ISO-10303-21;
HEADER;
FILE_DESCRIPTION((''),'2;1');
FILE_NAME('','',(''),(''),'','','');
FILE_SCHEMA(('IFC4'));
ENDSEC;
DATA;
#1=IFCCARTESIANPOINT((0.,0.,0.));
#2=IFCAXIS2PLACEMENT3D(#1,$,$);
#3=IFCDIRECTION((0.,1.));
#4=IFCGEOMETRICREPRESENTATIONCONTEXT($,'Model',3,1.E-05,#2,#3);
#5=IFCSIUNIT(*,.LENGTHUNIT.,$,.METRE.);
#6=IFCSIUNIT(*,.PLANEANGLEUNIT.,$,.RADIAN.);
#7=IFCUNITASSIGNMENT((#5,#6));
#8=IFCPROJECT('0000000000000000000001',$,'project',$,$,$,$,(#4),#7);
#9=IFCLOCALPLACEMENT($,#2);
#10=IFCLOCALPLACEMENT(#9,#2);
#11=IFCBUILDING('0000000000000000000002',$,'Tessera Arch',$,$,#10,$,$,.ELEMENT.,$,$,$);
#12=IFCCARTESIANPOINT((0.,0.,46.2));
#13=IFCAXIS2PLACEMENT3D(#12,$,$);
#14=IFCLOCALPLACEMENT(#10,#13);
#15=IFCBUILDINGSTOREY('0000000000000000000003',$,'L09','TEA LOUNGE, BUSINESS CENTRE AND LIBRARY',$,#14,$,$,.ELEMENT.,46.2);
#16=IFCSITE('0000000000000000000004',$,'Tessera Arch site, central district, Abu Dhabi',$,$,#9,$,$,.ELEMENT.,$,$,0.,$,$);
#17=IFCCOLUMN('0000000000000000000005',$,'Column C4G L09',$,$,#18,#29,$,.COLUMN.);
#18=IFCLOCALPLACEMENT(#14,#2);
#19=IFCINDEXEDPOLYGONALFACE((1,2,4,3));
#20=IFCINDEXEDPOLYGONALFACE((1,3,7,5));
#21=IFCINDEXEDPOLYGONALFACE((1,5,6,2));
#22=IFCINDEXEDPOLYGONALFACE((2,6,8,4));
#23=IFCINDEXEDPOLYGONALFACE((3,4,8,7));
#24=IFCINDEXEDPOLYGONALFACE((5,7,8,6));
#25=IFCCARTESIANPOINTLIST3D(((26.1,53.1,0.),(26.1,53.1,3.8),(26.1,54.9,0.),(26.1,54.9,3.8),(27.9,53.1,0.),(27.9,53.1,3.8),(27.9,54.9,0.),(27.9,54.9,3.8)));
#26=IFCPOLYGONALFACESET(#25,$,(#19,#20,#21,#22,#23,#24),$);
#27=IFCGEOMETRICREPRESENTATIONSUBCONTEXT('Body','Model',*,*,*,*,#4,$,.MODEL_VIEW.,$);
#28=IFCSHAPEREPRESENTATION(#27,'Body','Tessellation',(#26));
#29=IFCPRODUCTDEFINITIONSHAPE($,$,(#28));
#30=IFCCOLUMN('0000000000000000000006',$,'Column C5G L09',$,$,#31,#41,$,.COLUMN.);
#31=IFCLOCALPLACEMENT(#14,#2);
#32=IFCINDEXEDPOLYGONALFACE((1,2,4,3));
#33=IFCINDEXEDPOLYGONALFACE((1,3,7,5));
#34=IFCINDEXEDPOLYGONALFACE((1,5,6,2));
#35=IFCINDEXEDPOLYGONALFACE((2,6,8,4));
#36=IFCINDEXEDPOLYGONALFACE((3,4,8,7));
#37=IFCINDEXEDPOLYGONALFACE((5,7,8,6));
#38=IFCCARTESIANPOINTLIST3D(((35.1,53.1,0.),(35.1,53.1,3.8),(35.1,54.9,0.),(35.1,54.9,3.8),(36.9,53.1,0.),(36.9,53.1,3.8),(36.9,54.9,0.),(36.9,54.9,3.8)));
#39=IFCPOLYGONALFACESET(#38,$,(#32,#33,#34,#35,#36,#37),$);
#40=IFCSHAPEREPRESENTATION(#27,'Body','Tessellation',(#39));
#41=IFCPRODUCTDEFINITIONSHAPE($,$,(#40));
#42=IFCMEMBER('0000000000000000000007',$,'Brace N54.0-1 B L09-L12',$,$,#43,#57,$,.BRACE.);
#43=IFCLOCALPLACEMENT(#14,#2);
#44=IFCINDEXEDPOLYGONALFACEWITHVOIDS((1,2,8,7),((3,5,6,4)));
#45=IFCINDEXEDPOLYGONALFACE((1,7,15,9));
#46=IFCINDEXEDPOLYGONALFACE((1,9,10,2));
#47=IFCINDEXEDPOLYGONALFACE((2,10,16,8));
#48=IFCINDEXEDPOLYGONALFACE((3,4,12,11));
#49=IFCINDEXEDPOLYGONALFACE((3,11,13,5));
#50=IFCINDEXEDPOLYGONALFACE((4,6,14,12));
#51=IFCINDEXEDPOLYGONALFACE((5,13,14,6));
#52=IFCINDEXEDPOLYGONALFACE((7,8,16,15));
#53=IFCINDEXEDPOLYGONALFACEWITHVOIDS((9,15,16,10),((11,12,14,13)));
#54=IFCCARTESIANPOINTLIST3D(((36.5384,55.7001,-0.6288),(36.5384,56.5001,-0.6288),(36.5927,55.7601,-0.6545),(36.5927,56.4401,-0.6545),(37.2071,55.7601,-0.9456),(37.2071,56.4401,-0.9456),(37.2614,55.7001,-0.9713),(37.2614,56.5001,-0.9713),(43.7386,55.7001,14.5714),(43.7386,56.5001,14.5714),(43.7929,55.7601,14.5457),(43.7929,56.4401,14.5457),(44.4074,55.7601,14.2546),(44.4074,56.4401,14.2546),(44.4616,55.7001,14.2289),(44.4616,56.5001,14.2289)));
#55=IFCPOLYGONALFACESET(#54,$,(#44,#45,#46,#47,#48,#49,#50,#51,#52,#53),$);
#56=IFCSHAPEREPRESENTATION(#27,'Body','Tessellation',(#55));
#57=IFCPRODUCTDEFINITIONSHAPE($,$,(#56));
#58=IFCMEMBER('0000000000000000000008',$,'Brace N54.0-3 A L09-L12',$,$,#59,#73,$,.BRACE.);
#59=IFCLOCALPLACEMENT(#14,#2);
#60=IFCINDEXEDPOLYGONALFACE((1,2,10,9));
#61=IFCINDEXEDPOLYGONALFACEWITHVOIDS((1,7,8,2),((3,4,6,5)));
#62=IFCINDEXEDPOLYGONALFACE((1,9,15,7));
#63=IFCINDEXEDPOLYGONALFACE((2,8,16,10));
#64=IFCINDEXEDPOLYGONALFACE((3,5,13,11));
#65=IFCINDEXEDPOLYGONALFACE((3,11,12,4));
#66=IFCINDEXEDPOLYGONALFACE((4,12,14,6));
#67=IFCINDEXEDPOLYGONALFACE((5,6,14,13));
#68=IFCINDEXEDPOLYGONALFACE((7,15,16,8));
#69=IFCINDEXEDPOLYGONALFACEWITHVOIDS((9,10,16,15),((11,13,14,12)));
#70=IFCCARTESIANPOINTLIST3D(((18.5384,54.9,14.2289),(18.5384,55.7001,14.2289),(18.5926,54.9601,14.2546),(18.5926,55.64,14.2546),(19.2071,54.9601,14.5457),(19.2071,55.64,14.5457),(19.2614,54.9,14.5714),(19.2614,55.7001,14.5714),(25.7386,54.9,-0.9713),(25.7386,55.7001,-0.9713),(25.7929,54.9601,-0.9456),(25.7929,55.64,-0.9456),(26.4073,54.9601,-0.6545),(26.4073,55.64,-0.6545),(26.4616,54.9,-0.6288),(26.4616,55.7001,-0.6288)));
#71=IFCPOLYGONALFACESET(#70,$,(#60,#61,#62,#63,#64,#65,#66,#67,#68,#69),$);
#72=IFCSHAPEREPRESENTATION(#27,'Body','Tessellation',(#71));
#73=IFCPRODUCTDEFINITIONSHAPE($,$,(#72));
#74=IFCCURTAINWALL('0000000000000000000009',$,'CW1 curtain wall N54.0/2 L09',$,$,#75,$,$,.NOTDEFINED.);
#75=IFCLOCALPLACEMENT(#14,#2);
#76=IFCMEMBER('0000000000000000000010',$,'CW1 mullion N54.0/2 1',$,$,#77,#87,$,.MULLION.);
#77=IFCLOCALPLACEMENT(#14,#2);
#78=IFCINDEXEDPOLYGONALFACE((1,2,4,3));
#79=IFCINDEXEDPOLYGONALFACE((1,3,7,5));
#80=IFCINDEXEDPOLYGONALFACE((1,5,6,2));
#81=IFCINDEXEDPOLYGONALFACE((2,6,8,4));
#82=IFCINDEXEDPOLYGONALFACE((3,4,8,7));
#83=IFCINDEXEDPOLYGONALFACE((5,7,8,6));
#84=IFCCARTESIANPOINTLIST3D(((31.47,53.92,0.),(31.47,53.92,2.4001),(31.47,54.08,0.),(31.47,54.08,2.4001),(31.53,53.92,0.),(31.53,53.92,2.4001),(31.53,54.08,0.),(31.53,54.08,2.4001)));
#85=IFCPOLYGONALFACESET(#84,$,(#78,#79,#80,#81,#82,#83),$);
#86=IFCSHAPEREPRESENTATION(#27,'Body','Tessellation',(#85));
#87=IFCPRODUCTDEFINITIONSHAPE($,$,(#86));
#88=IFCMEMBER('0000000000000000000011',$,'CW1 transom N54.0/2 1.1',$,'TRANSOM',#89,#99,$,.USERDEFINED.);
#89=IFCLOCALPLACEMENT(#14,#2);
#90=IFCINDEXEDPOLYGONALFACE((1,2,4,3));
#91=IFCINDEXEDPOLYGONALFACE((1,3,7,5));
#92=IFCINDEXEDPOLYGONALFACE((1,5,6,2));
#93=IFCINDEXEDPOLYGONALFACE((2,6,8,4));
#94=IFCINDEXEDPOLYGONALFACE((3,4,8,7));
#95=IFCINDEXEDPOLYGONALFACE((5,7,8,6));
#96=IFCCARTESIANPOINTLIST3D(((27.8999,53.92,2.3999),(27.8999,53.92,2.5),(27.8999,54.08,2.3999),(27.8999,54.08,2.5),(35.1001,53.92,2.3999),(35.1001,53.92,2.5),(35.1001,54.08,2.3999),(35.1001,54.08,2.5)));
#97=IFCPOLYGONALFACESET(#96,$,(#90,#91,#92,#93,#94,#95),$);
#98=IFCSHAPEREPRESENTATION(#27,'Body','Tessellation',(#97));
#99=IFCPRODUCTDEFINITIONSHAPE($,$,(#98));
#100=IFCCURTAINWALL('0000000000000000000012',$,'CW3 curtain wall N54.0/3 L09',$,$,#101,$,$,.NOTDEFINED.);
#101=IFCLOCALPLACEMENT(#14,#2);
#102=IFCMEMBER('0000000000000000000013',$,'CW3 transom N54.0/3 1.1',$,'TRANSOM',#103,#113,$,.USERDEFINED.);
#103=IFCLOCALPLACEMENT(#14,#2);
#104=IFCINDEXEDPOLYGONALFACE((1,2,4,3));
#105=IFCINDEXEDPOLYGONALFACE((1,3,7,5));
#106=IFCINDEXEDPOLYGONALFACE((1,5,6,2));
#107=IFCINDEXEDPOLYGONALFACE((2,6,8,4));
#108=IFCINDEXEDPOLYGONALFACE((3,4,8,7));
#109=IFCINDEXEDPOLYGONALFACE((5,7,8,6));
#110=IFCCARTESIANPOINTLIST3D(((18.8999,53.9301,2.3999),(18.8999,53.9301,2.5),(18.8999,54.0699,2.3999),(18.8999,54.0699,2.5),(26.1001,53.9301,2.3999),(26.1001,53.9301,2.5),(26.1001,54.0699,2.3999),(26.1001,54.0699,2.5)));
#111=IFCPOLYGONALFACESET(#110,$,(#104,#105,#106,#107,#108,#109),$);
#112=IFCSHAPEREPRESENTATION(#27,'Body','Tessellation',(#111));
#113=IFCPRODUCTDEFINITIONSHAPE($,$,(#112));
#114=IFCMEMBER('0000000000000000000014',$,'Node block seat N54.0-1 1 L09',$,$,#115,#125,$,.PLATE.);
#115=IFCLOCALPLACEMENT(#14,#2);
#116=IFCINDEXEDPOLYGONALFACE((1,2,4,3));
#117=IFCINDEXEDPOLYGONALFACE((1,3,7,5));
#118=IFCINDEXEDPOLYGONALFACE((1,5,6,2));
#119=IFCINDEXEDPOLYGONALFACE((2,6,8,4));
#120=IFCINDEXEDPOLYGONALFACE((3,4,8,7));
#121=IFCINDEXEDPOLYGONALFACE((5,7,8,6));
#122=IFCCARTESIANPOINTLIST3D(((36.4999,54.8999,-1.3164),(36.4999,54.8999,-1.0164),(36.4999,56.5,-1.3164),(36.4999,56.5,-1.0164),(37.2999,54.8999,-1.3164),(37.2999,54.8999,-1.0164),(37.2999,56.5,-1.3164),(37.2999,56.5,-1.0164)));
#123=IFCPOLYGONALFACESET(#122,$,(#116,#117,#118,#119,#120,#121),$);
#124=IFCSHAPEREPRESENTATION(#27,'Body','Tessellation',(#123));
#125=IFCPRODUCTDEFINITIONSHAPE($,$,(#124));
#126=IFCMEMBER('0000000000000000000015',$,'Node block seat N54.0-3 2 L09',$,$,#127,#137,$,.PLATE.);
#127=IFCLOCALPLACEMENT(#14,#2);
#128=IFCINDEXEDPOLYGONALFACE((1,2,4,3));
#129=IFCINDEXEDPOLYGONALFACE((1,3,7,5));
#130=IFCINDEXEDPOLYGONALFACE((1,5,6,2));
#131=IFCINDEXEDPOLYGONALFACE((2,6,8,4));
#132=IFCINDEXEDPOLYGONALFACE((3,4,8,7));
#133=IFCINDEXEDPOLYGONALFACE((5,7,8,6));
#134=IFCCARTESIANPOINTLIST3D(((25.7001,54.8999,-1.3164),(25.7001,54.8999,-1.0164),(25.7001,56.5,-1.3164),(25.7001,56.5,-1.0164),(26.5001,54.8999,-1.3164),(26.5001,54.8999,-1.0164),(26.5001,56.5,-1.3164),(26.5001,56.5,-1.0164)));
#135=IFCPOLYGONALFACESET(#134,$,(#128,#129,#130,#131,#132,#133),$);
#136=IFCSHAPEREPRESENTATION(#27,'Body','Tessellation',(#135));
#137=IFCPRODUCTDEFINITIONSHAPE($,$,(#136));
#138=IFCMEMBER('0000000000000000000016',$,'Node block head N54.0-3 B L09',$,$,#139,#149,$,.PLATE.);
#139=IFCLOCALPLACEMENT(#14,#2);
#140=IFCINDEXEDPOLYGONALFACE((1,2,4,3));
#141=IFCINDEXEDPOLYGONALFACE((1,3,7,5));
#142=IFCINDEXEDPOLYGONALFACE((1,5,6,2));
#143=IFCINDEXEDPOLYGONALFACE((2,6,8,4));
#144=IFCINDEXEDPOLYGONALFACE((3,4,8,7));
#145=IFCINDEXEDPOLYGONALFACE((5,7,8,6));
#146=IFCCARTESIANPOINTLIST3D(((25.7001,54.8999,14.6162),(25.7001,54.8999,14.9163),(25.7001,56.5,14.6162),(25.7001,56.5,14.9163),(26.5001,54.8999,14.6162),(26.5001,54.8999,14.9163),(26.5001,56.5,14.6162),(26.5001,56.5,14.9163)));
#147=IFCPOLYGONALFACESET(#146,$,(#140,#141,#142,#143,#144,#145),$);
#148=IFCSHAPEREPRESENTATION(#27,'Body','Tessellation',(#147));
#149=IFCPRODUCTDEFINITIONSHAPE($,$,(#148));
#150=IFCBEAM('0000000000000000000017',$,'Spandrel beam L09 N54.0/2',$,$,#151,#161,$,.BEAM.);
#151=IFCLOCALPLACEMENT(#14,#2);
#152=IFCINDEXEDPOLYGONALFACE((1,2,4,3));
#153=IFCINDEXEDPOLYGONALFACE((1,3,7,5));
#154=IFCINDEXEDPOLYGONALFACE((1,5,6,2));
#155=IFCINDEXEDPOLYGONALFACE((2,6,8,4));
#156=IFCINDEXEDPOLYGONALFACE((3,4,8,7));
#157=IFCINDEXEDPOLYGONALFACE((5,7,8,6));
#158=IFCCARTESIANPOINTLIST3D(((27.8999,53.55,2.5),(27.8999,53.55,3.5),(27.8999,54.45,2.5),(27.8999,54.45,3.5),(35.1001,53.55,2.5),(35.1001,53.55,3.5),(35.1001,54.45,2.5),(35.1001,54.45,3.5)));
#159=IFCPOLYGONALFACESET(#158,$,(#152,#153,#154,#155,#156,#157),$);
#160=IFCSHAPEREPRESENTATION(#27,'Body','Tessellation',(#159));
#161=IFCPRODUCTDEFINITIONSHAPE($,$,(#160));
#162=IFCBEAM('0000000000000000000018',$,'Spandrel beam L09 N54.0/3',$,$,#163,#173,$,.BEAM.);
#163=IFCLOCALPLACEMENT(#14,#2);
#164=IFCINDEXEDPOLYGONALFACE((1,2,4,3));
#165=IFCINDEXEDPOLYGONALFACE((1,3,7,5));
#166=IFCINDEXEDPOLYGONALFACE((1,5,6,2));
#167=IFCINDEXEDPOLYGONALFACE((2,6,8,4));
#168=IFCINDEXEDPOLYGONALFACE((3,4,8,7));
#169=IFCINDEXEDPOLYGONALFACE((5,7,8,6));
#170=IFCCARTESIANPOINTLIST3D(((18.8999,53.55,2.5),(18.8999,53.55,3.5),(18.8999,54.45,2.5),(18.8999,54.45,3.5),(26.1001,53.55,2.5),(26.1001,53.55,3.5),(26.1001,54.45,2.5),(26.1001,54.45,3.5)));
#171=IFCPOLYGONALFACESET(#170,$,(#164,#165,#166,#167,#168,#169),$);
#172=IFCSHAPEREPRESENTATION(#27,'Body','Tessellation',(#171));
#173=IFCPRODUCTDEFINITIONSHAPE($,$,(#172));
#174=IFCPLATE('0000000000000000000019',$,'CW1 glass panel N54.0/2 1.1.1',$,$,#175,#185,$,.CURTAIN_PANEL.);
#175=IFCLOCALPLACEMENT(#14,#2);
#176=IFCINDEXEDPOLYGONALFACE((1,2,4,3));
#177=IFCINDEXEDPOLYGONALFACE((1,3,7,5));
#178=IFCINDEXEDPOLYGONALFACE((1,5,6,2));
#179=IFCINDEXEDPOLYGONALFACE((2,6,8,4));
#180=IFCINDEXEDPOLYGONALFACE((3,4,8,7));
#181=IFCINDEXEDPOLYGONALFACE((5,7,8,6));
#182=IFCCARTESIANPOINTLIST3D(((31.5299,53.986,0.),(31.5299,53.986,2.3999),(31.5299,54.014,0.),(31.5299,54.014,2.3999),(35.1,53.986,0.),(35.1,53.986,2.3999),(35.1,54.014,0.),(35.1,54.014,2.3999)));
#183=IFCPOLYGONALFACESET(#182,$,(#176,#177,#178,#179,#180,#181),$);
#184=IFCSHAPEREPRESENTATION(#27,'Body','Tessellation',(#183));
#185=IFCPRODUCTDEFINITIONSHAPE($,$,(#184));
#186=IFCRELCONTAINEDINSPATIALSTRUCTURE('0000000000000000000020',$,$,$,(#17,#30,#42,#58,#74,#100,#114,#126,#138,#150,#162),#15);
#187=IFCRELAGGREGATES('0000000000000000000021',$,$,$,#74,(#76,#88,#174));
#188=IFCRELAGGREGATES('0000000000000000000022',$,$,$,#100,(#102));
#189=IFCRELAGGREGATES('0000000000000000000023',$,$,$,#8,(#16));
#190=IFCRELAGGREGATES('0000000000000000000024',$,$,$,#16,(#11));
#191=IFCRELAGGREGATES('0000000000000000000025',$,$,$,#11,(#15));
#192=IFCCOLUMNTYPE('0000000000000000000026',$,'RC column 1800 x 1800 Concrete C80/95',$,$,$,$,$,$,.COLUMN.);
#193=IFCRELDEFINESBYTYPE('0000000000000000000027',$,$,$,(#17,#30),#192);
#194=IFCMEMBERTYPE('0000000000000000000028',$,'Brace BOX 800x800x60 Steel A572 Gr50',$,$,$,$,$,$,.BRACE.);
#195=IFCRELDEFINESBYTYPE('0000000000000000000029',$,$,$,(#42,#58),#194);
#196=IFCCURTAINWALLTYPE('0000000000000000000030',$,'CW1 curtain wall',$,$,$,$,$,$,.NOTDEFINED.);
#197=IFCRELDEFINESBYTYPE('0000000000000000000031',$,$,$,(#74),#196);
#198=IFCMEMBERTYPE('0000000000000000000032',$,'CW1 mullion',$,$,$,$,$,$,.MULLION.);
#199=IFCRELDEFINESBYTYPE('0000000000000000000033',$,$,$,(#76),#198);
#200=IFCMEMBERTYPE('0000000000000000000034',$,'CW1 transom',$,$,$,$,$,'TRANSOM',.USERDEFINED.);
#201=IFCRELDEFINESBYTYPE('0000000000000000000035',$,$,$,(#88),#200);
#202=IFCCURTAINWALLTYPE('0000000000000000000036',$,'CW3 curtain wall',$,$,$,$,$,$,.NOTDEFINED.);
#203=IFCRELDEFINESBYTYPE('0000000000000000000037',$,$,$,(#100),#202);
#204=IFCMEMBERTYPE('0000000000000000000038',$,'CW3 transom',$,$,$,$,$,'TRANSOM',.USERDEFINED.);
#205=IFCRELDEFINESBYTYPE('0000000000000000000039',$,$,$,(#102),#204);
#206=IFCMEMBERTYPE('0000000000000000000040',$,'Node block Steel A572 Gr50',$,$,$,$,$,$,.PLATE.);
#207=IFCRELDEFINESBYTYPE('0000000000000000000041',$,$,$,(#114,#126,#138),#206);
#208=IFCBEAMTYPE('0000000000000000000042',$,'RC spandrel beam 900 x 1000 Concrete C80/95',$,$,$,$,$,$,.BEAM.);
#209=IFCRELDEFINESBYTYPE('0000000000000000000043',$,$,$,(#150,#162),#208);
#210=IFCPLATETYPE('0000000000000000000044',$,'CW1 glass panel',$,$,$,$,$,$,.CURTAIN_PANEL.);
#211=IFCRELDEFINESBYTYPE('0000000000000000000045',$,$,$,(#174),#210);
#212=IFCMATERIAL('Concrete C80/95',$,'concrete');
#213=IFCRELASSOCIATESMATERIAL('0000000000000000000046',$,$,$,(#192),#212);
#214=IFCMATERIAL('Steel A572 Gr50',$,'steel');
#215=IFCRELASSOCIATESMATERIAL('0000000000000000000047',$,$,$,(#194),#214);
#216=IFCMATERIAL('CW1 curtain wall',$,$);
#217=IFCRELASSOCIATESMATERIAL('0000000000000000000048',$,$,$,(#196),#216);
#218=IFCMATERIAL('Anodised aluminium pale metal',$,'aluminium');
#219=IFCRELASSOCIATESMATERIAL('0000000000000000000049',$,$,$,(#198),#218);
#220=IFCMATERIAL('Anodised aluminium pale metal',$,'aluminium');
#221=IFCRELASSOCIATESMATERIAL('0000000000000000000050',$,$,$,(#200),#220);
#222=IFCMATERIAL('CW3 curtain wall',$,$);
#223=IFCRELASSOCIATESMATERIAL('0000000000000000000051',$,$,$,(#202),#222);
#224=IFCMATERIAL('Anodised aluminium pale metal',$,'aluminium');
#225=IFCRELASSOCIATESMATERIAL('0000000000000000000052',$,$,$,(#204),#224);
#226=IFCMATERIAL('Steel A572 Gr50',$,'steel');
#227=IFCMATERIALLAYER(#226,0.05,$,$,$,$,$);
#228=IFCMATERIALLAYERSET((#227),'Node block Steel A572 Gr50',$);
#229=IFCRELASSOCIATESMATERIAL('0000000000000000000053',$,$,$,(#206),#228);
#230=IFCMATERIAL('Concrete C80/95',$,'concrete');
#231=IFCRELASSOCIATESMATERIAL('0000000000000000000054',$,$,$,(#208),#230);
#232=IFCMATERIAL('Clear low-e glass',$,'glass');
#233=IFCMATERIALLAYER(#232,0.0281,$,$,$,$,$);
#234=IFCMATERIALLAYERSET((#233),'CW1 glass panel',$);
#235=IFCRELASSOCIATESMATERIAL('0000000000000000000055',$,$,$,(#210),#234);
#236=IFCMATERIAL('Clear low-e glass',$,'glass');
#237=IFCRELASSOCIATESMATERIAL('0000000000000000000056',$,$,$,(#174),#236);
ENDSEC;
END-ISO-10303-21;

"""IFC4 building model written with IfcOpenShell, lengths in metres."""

from ifc_helpers import new_model, si_unit, direction, frame, origin, origin_2d, place, context, subcontext, project, spatial, rectangle, hollow_rectangle, extrude, material, layer, layer_set, material_profile, profile_set, type_object, element, aggregate, save


model = new_model("IFC4")

# Units and contexts
model_context = context("Model", 3, precision=1e-05, world=origin(), true_north=direction((0.0, 1.0)))
body_context = subcontext(model_context, "Body", "Model", "MODEL_VIEW")
ifc_project = project(units=[si_unit("LENGTHUNIT", "METRE"), si_unit("PLANEANGLEUNIT", "RADIAN")], contexts=[model_context])

# Site, building, storey
site_placement = place(None, origin())
site = spatial("IfcSite", under=ifc_project, at=site_placement, Name="Tessera Arch site, central district, Abu Dhabi", CompositionType="ELEMENT", RefElevation=0.0)
building_placement = place(site_placement, origin())
building = spatial("IfcBuilding", under=site, at=building_placement, Name="Tessera Arch", CompositionType="ELEMENT")
storey_placement = place(building_placement, frame((0.0, 0.0, 46.2)))
storey = spatial("IfcBuildingStorey", under=building, at=storey_placement, Name="L09", Description="TEA LOUNGE, BUSINESS CENTRE AND LIBRARY", CompositionType="ELEMENT", Elevation=46.2)

# Columns
ifc_material_1 = material(Name="Concrete C80/95", Category="concrete")
ifc_material_profile_1 = material_profile(ifc_material_1, rectangle(XDim=1.8, YDim=1.8, at=origin_2d()), Name="RC column 1800 x 1800 Concrete C80/95")
ifc_profile_set_1 = profile_set([ifc_material_profile_1], Name="Concrete C80/95")
column_type = type_object("IfcColumnType", Name="RC column 1800 x 1800 Concrete C80/95", PredefinedType="COLUMN", material=ifc_profile_set_1)
for number, where, z_axis, x_axis, name in (
    (1, (27.0, 54.0, 0.0), (0.0, 0.0, 1.0), (1.0, 0.0, 0.0), "Column C4G L09"),
    (2, (36.0, 54.0, 0.0), (0.0, 0.0, 1.0), (1.0, 0.0, 0.0), "Column C5G L09"),
):
    element("IfcColumn", number, at=place(storey_placement, frame(where, z_axis=z_axis, x_axis=x_axis)), inside=storey, type_object=column_type, Name=name, PredefinedType="COLUMN", context=body_context, shape_type="SweptSolid", body=[
        extrude(rectangle(XDim=1.8, YDim=1.8, at=origin_2d()), origin(), (0.0, 0.0, 1.0), 3.8),
    ])

# Members
ifc_material_2 = material(Name="Steel A572 Gr50", Category="steel")
ifc_material_profile_2 = material_profile(ifc_material_2, hollow_rectangle(XDim=0.8, YDim=0.8, WallThickness=0.0601, at=origin_2d()), Name="BOX 800x800x60")
ifc_profile_set_2 = profile_set([ifc_material_profile_2], Name="Steel A572 Gr50")
member_type_1 = type_object("IfcMemberType", Name="Brace BOX 800x800x60 Steel A572 Gr50", PredefinedType="BRACE", material=ifc_profile_set_2)
for number, where, z_axis, x_axis, name in (
    (3, (36.8999, 56.1001, -0.8), (0.428091, 0.0, 0.903735), (0.0, 1.0, 0.0), "Brace N54.0-1 B L09-L12"),
    (4, (26.1001, 55.3, -0.8), (-0.428091, 0.0, 0.903735), (0.0, -1.0, 0.0), "Brace N54.0-3 A L09-L12"),
):
    element("IfcMember", number, at=place(storey_placement, frame(where, z_axis=z_axis, x_axis=x_axis)), inside=storey, type_object=member_type_1, Name=name, PredefinedType="BRACE", context=body_context, shape_type="SweptSolid", body=[
        extrude(hollow_rectangle(XDim=0.8, YDim=0.8, WallThickness=0.0601, at=origin_2d()), origin(), (0.0, 0.0, 1.0), 16.8193),
    ])

# Curtain wall, members
ifc_material_3 = material(Name="CW1 curtain wall")
curtain_wall_type_1 = type_object("IfcCurtainWallType", Name="CW1 curtain wall", PredefinedType="NOTDEFINED", material=ifc_material_3)
curtain_wall_1_placement = place(storey_placement, origin())
curtain_wall_1 = element("IfcCurtainWall", 5, at=curtain_wall_1_placement, inside=storey, type_object=curtain_wall_type_1, Name="CW1 curtain wall N54.0/2 L09", PredefinedType="NOTDEFINED")
ifc_material_4 = material(Name="Anodised aluminium pale metal", Category="aluminium")
ifc_material_profile_3 = material_profile(ifc_material_4, rectangle(XDim=0.1599, YDim=0.0601, at=origin_2d()), Name="AL 60x160")
ifc_profile_set_3 = profile_set([ifc_material_profile_3], Name="Anodised aluminium pale metal")
member_type_2 = type_object("IfcMemberType", Name="CW1 mullion", PredefinedType="MULLION", material=ifc_profile_set_3)
member_1_placement = place(storey_placement, frame((31.5, 54.0, 0.0), z_axis=(0.0, 0.0, 1.0), x_axis=(0.0, -1.0, 0.0)))
member_1 = element("IfcMember", 6, at=member_1_placement, type_object=member_type_2, Name="CW1 mullion N54.0/2 1", PredefinedType="MULLION", context=body_context, shape_type="SweptSolid", body=[
    extrude(rectangle(XDim=0.1599, YDim=0.0601, at=origin_2d()), origin(), (0.0, 0.0, 1.0), 2.4001),
])
ifc_material_5 = material(Name="Anodised aluminium pale metal", Category="aluminium")
ifc_material_profile_4 = material_profile(ifc_material_5, rectangle(XDim=0.1599, YDim=0.1001, at=origin_2d()), Name="AL 160x100")
ifc_profile_set_4 = profile_set([ifc_material_profile_4], Name="Anodised aluminium pale metal")
member_type_3 = type_object("IfcMemberType", Name="CW1 transom", ElementType="TRANSOM", PredefinedType="USERDEFINED", material=ifc_profile_set_4)
member_2_placement = place(storey_placement, frame((35.1001, 54.0, 2.45), z_axis=(-1.0, 0.0, 0.0), x_axis=(0.0, -1.0, 0.0)))
member_2 = element("IfcMember", 7, at=member_2_placement, type_object=member_type_3, Name="CW1 transom N54.0/2 1.1", ObjectType="TRANSOM", PredefinedType="USERDEFINED", context=body_context, shape_type="SweptSolid", body=[
    extrude(rectangle(XDim=0.1599, YDim=0.1001, at=origin_2d()), origin(), (0.0, 0.0, 1.0), 7.2002),
])

# Curtain wall, member
ifc_material_6 = material(Name="CW3 curtain wall")
curtain_wall_type_2 = type_object("IfcCurtainWallType", Name="CW3 curtain wall", PredefinedType="NOTDEFINED", material=ifc_material_6)
curtain_wall_2_placement = place(storey_placement, origin())
curtain_wall_2 = element("IfcCurtainWall", 8, at=curtain_wall_2_placement, inside=storey, type_object=curtain_wall_type_2, Name="CW3 curtain wall N54.0/3 L09", PredefinedType="NOTDEFINED")
ifc_material_7 = material(Name="Anodised aluminium pale metal", Category="aluminium")
ifc_material_profile_5 = material_profile(ifc_material_7, rectangle(XDim=0.1399, YDim=0.1001, at=origin_2d()), Name="AL 140x100")
ifc_profile_set_5 = profile_set([ifc_material_profile_5], Name="Anodised aluminium pale metal")
member_type_4 = type_object("IfcMemberType", Name="CW3 transom", ElementType="TRANSOM", PredefinedType="USERDEFINED", material=ifc_profile_set_5)
member_3_placement = place(storey_placement, frame((26.1001, 54.0, 2.45), z_axis=(-1.0, 0.0, 0.0), x_axis=(0.0, -1.0, 0.0)))
member_3 = element("IfcMember", 9, at=member_3_placement, type_object=member_type_4, Name="CW3 transom N54.0/3 1.1", ObjectType="TRANSOM", PredefinedType="USERDEFINED", context=body_context, shape_type="SweptSolid", body=[
    extrude(rectangle(XDim=0.1399, YDim=0.1001, at=origin_2d()), origin(), (0.0, 0.0, 1.0), 7.2002),
])

# Members
ifc_material_8 = material(Name="Steel A572 Gr50", Category="steel")
ifc_layer_1 = layer(ifc_material_8, 0.05)
ifc_layer_set_1 = layer_set([ifc_layer_1], Name="Node block Steel A572 Gr50")
member_type_5 = type_object("IfcMemberType", Name="Node block Steel A572 Gr50", PredefinedType="PLATE", material=ifc_layer_set_1)
for number, where, z_axis, x_axis, name in (
    (10, (36.8999, 55.7, -1.3164), (0.0, 0.0, 1.0), (-1.0, 0.0, 0.0), "Node block seat N54.0-1 1 L09"),
    (11, (26.1001, 55.7, -1.3164), (0.0, 0.0, 1.0), (-1.0, 0.0, 0.0), "Node block seat N54.0-3 2 L09"),
    (12, (26.1001, 55.7, 14.6162), (0.0, 0.0, 1.0), (-1.0, 0.0, 0.0), "Node block head N54.0-3 B L09"),
):
    element("IfcMember", number, at=place(storey_placement, frame(where, z_axis=z_axis, x_axis=x_axis)), inside=storey, type_object=member_type_5, Name=name, PredefinedType="PLATE", context=body_context, shape_type="SweptSolid", body=[
        extrude(rectangle(XDim=0.8, YDim=1.6001, at=origin_2d()), origin(), (0.0, 0.0, 1.0), 0.3),
    ])

# Beams
ifc_material_9 = material(Name="Concrete C80/95", Category="concrete")
ifc_material_profile_6 = material_profile(ifc_material_9, rectangle(XDim=0.8999, YDim=1.0, at=origin_2d()), Name="RC spandrel beam 900 x 1000 Concrete C80/95")
ifc_profile_set_6 = profile_set([ifc_material_profile_6], Name="Concrete C80/95")
beam_type = type_object("IfcBeamType", Name="RC spandrel beam 900 x 1000 Concrete C80/95", PredefinedType="BEAM", material=ifc_profile_set_6)
for number, where, z_axis, x_axis, name in (
    (13, (35.1001, 54.0, 3.0), (-1.0, 0.0, 0.0), (0.0, -1.0, 0.0), "Spandrel beam L09 N54.0/2"),
    (14, (26.1001, 54.0, 3.0), (-1.0, 0.0, 0.0), (0.0, -1.0, 0.0), "Spandrel beam L09 N54.0/3"),
):
    element("IfcBeam", number, at=place(storey_placement, frame(where, z_axis=z_axis, x_axis=x_axis)), inside=storey, type_object=beam_type, Name=name, PredefinedType="BEAM", context=body_context, shape_type="SweptSolid", body=[
        extrude(rectangle(XDim=0.8999, YDim=1.0, at=origin_2d()), origin(), (0.0, 0.0, 1.0), 7.2002),
    ])

# Plate
ifc_material_10 = material(Name="Clear low-e glass", Category="glass")
ifc_material_11 = material(Name="Clear low-e glass", Category="glass")
ifc_layer_2 = layer(ifc_material_11, 0.0281)
ifc_layer_set_2 = layer_set([ifc_layer_2], Name="CW1 glass panel")
plate_type_1 = type_object("IfcPlateType", Name="CW1 glass panel", PredefinedType="CURTAIN_PANEL", material=ifc_layer_set_2)
plate_1_placement = place(storey_placement, frame((33.3149, 54.0, 0.0), z_axis=(0.0, 0.0, 1.0), x_axis=(-1.0, 0.0, 0.0)))
plate_1 = element("IfcPlate", 15, at=plate_1_placement, type_object=plate_type_1, material=ifc_material_10, Name="CW1 glass panel N54.0/2 1.1.1", PredefinedType="CURTAIN_PANEL", context=body_context, shape_type="SweptSolid", body=[
    extrude(rectangle(XDim=3.5701, YDim=0.0281, at=origin_2d()), origin(), (0.0, 0.0, 1.0), 2.3999),
])
aggregate(curtain_wall_1, [member_1, member_2, plate_1])

aggregate(curtain_wall_2, [member_3])

save(model, "model.ifc")
